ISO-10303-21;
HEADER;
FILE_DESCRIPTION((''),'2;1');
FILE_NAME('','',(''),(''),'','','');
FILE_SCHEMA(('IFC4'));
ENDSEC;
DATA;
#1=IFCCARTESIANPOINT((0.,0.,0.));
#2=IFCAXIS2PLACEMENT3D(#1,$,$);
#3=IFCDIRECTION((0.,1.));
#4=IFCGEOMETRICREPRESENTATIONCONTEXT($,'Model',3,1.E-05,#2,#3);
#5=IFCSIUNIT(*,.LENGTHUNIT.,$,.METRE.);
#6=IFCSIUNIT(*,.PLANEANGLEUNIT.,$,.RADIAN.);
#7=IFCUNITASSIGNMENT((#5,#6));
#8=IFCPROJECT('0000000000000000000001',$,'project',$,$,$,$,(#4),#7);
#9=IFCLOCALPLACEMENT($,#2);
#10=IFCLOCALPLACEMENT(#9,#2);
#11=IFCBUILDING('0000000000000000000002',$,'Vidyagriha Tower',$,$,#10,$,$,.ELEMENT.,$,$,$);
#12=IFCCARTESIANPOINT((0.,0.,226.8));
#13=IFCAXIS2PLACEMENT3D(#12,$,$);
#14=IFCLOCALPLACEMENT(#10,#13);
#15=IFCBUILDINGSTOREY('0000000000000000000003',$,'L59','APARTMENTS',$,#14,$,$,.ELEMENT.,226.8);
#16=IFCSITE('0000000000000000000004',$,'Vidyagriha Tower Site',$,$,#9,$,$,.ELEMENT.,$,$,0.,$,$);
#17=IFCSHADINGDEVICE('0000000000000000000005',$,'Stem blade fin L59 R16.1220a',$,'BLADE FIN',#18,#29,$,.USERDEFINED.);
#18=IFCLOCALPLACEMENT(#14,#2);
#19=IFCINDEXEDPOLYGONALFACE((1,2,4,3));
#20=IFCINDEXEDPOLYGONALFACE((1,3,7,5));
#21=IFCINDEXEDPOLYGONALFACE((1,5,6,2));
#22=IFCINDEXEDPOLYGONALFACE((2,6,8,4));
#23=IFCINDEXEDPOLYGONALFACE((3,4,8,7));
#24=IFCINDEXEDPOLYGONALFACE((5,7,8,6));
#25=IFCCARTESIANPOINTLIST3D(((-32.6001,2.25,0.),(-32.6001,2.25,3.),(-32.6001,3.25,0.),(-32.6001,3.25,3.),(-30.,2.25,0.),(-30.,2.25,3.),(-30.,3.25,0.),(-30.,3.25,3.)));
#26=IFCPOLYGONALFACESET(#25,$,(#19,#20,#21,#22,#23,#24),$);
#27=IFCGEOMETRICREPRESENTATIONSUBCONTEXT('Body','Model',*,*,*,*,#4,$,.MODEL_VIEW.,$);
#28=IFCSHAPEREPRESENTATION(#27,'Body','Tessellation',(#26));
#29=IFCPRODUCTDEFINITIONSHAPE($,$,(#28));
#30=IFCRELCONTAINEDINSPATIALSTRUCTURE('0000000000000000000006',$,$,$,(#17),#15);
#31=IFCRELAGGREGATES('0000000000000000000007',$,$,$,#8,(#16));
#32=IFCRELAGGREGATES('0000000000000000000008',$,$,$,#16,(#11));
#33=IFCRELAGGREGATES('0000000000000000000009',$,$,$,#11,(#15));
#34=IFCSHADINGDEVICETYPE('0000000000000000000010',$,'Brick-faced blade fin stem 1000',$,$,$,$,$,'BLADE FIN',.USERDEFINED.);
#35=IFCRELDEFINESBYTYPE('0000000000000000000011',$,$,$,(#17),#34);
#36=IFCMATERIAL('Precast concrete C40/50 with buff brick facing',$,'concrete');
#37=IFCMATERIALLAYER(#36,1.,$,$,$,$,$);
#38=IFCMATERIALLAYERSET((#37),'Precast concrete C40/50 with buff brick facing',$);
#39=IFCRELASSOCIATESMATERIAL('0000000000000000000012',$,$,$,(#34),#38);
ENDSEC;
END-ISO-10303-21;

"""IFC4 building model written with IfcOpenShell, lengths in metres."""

from ifc_helpers import new_model, si_unit, direction, frame, origin, place, context, subcontext, project, spatial, polyline, outline, extrude, material, layer, layer_set, type_object, element, save


model = new_model("IFC4")

# Units and contexts
model_context = context("Model", 3, precision=1e-05, world=origin(), true_north=direction((0.0, 1.0)))
body_context = subcontext(model_context, "Body", "Model", "MODEL_VIEW")
ifc_project = project(units=[si_unit("LENGTHUNIT", "METRE"), si_unit("PLANEANGLEUNIT", "RADIAN")], contexts=[model_context])

# Site, building, storey
site_placement = place(None, origin())
site = spatial("IfcSite", under=ifc_project, at=site_placement, Name="Vidyagriha Tower Site", CompositionType="ELEMENT", RefElevation=0.0)
building_placement = place(site_placement, origin())
building = spatial("IfcBuilding", under=site, at=building_placement, Name="Vidyagriha Tower", CompositionType="ELEMENT")
storey_placement = place(building_placement, frame((0.0, 0.0, 226.8)))
storey = spatial("IfcBuildingStorey", under=building, at=storey_placement, Name="L59", Description="APARTMENTS", CompositionType="ELEMENT", Elevation=226.8)

# Shading device
ifc_material_1 = material(Name="Precast concrete C40/50 with buff brick facing", Category="concrete")
ifc_layer_1 = layer(ifc_material_1, 1.0)
ifc_layer_set_1 = layer_set([ifc_layer_1], Name="Precast concrete C40/50 with buff brick facing")
shading_device_type_1 = type_object("IfcShadingDeviceType", Name="Brick-faced blade fin stem 1000", ElementType="BLADE FIN", PredefinedType="USERDEFINED", material=ifc_layer_set_1)
shading_device_1_placement = place(storey_placement, frame((-31.3, 3.25, 0.0), z_axis=(0.0, 0.0, 1.0), x_axis=(0.0, -1.0, 0.0)))
element("IfcShadingDevice", 1, at=shading_device_1_placement, inside=storey, type_object=shading_device_type_1, Name="Stem blade fin L59 R16.1220a", ObjectType="BLADE FIN", PredefinedType="USERDEFINED", context=body_context, shape_type="SweptSolid", body=[
    extrude(outline(polyline([(0.0, 0.0), (1.0, 0.0), (1.0, 3.0), (0.0, 3.0), (0.0, 0.0)])), frame((0.0, 1.3, 0.0), z_axis=(0.0, -1.0, 0.0), x_axis=(1.0, 0.0, 0.0)), (0.0, 0.0, 1.0), 2.6001),
])

save(model, "model.ifc")
